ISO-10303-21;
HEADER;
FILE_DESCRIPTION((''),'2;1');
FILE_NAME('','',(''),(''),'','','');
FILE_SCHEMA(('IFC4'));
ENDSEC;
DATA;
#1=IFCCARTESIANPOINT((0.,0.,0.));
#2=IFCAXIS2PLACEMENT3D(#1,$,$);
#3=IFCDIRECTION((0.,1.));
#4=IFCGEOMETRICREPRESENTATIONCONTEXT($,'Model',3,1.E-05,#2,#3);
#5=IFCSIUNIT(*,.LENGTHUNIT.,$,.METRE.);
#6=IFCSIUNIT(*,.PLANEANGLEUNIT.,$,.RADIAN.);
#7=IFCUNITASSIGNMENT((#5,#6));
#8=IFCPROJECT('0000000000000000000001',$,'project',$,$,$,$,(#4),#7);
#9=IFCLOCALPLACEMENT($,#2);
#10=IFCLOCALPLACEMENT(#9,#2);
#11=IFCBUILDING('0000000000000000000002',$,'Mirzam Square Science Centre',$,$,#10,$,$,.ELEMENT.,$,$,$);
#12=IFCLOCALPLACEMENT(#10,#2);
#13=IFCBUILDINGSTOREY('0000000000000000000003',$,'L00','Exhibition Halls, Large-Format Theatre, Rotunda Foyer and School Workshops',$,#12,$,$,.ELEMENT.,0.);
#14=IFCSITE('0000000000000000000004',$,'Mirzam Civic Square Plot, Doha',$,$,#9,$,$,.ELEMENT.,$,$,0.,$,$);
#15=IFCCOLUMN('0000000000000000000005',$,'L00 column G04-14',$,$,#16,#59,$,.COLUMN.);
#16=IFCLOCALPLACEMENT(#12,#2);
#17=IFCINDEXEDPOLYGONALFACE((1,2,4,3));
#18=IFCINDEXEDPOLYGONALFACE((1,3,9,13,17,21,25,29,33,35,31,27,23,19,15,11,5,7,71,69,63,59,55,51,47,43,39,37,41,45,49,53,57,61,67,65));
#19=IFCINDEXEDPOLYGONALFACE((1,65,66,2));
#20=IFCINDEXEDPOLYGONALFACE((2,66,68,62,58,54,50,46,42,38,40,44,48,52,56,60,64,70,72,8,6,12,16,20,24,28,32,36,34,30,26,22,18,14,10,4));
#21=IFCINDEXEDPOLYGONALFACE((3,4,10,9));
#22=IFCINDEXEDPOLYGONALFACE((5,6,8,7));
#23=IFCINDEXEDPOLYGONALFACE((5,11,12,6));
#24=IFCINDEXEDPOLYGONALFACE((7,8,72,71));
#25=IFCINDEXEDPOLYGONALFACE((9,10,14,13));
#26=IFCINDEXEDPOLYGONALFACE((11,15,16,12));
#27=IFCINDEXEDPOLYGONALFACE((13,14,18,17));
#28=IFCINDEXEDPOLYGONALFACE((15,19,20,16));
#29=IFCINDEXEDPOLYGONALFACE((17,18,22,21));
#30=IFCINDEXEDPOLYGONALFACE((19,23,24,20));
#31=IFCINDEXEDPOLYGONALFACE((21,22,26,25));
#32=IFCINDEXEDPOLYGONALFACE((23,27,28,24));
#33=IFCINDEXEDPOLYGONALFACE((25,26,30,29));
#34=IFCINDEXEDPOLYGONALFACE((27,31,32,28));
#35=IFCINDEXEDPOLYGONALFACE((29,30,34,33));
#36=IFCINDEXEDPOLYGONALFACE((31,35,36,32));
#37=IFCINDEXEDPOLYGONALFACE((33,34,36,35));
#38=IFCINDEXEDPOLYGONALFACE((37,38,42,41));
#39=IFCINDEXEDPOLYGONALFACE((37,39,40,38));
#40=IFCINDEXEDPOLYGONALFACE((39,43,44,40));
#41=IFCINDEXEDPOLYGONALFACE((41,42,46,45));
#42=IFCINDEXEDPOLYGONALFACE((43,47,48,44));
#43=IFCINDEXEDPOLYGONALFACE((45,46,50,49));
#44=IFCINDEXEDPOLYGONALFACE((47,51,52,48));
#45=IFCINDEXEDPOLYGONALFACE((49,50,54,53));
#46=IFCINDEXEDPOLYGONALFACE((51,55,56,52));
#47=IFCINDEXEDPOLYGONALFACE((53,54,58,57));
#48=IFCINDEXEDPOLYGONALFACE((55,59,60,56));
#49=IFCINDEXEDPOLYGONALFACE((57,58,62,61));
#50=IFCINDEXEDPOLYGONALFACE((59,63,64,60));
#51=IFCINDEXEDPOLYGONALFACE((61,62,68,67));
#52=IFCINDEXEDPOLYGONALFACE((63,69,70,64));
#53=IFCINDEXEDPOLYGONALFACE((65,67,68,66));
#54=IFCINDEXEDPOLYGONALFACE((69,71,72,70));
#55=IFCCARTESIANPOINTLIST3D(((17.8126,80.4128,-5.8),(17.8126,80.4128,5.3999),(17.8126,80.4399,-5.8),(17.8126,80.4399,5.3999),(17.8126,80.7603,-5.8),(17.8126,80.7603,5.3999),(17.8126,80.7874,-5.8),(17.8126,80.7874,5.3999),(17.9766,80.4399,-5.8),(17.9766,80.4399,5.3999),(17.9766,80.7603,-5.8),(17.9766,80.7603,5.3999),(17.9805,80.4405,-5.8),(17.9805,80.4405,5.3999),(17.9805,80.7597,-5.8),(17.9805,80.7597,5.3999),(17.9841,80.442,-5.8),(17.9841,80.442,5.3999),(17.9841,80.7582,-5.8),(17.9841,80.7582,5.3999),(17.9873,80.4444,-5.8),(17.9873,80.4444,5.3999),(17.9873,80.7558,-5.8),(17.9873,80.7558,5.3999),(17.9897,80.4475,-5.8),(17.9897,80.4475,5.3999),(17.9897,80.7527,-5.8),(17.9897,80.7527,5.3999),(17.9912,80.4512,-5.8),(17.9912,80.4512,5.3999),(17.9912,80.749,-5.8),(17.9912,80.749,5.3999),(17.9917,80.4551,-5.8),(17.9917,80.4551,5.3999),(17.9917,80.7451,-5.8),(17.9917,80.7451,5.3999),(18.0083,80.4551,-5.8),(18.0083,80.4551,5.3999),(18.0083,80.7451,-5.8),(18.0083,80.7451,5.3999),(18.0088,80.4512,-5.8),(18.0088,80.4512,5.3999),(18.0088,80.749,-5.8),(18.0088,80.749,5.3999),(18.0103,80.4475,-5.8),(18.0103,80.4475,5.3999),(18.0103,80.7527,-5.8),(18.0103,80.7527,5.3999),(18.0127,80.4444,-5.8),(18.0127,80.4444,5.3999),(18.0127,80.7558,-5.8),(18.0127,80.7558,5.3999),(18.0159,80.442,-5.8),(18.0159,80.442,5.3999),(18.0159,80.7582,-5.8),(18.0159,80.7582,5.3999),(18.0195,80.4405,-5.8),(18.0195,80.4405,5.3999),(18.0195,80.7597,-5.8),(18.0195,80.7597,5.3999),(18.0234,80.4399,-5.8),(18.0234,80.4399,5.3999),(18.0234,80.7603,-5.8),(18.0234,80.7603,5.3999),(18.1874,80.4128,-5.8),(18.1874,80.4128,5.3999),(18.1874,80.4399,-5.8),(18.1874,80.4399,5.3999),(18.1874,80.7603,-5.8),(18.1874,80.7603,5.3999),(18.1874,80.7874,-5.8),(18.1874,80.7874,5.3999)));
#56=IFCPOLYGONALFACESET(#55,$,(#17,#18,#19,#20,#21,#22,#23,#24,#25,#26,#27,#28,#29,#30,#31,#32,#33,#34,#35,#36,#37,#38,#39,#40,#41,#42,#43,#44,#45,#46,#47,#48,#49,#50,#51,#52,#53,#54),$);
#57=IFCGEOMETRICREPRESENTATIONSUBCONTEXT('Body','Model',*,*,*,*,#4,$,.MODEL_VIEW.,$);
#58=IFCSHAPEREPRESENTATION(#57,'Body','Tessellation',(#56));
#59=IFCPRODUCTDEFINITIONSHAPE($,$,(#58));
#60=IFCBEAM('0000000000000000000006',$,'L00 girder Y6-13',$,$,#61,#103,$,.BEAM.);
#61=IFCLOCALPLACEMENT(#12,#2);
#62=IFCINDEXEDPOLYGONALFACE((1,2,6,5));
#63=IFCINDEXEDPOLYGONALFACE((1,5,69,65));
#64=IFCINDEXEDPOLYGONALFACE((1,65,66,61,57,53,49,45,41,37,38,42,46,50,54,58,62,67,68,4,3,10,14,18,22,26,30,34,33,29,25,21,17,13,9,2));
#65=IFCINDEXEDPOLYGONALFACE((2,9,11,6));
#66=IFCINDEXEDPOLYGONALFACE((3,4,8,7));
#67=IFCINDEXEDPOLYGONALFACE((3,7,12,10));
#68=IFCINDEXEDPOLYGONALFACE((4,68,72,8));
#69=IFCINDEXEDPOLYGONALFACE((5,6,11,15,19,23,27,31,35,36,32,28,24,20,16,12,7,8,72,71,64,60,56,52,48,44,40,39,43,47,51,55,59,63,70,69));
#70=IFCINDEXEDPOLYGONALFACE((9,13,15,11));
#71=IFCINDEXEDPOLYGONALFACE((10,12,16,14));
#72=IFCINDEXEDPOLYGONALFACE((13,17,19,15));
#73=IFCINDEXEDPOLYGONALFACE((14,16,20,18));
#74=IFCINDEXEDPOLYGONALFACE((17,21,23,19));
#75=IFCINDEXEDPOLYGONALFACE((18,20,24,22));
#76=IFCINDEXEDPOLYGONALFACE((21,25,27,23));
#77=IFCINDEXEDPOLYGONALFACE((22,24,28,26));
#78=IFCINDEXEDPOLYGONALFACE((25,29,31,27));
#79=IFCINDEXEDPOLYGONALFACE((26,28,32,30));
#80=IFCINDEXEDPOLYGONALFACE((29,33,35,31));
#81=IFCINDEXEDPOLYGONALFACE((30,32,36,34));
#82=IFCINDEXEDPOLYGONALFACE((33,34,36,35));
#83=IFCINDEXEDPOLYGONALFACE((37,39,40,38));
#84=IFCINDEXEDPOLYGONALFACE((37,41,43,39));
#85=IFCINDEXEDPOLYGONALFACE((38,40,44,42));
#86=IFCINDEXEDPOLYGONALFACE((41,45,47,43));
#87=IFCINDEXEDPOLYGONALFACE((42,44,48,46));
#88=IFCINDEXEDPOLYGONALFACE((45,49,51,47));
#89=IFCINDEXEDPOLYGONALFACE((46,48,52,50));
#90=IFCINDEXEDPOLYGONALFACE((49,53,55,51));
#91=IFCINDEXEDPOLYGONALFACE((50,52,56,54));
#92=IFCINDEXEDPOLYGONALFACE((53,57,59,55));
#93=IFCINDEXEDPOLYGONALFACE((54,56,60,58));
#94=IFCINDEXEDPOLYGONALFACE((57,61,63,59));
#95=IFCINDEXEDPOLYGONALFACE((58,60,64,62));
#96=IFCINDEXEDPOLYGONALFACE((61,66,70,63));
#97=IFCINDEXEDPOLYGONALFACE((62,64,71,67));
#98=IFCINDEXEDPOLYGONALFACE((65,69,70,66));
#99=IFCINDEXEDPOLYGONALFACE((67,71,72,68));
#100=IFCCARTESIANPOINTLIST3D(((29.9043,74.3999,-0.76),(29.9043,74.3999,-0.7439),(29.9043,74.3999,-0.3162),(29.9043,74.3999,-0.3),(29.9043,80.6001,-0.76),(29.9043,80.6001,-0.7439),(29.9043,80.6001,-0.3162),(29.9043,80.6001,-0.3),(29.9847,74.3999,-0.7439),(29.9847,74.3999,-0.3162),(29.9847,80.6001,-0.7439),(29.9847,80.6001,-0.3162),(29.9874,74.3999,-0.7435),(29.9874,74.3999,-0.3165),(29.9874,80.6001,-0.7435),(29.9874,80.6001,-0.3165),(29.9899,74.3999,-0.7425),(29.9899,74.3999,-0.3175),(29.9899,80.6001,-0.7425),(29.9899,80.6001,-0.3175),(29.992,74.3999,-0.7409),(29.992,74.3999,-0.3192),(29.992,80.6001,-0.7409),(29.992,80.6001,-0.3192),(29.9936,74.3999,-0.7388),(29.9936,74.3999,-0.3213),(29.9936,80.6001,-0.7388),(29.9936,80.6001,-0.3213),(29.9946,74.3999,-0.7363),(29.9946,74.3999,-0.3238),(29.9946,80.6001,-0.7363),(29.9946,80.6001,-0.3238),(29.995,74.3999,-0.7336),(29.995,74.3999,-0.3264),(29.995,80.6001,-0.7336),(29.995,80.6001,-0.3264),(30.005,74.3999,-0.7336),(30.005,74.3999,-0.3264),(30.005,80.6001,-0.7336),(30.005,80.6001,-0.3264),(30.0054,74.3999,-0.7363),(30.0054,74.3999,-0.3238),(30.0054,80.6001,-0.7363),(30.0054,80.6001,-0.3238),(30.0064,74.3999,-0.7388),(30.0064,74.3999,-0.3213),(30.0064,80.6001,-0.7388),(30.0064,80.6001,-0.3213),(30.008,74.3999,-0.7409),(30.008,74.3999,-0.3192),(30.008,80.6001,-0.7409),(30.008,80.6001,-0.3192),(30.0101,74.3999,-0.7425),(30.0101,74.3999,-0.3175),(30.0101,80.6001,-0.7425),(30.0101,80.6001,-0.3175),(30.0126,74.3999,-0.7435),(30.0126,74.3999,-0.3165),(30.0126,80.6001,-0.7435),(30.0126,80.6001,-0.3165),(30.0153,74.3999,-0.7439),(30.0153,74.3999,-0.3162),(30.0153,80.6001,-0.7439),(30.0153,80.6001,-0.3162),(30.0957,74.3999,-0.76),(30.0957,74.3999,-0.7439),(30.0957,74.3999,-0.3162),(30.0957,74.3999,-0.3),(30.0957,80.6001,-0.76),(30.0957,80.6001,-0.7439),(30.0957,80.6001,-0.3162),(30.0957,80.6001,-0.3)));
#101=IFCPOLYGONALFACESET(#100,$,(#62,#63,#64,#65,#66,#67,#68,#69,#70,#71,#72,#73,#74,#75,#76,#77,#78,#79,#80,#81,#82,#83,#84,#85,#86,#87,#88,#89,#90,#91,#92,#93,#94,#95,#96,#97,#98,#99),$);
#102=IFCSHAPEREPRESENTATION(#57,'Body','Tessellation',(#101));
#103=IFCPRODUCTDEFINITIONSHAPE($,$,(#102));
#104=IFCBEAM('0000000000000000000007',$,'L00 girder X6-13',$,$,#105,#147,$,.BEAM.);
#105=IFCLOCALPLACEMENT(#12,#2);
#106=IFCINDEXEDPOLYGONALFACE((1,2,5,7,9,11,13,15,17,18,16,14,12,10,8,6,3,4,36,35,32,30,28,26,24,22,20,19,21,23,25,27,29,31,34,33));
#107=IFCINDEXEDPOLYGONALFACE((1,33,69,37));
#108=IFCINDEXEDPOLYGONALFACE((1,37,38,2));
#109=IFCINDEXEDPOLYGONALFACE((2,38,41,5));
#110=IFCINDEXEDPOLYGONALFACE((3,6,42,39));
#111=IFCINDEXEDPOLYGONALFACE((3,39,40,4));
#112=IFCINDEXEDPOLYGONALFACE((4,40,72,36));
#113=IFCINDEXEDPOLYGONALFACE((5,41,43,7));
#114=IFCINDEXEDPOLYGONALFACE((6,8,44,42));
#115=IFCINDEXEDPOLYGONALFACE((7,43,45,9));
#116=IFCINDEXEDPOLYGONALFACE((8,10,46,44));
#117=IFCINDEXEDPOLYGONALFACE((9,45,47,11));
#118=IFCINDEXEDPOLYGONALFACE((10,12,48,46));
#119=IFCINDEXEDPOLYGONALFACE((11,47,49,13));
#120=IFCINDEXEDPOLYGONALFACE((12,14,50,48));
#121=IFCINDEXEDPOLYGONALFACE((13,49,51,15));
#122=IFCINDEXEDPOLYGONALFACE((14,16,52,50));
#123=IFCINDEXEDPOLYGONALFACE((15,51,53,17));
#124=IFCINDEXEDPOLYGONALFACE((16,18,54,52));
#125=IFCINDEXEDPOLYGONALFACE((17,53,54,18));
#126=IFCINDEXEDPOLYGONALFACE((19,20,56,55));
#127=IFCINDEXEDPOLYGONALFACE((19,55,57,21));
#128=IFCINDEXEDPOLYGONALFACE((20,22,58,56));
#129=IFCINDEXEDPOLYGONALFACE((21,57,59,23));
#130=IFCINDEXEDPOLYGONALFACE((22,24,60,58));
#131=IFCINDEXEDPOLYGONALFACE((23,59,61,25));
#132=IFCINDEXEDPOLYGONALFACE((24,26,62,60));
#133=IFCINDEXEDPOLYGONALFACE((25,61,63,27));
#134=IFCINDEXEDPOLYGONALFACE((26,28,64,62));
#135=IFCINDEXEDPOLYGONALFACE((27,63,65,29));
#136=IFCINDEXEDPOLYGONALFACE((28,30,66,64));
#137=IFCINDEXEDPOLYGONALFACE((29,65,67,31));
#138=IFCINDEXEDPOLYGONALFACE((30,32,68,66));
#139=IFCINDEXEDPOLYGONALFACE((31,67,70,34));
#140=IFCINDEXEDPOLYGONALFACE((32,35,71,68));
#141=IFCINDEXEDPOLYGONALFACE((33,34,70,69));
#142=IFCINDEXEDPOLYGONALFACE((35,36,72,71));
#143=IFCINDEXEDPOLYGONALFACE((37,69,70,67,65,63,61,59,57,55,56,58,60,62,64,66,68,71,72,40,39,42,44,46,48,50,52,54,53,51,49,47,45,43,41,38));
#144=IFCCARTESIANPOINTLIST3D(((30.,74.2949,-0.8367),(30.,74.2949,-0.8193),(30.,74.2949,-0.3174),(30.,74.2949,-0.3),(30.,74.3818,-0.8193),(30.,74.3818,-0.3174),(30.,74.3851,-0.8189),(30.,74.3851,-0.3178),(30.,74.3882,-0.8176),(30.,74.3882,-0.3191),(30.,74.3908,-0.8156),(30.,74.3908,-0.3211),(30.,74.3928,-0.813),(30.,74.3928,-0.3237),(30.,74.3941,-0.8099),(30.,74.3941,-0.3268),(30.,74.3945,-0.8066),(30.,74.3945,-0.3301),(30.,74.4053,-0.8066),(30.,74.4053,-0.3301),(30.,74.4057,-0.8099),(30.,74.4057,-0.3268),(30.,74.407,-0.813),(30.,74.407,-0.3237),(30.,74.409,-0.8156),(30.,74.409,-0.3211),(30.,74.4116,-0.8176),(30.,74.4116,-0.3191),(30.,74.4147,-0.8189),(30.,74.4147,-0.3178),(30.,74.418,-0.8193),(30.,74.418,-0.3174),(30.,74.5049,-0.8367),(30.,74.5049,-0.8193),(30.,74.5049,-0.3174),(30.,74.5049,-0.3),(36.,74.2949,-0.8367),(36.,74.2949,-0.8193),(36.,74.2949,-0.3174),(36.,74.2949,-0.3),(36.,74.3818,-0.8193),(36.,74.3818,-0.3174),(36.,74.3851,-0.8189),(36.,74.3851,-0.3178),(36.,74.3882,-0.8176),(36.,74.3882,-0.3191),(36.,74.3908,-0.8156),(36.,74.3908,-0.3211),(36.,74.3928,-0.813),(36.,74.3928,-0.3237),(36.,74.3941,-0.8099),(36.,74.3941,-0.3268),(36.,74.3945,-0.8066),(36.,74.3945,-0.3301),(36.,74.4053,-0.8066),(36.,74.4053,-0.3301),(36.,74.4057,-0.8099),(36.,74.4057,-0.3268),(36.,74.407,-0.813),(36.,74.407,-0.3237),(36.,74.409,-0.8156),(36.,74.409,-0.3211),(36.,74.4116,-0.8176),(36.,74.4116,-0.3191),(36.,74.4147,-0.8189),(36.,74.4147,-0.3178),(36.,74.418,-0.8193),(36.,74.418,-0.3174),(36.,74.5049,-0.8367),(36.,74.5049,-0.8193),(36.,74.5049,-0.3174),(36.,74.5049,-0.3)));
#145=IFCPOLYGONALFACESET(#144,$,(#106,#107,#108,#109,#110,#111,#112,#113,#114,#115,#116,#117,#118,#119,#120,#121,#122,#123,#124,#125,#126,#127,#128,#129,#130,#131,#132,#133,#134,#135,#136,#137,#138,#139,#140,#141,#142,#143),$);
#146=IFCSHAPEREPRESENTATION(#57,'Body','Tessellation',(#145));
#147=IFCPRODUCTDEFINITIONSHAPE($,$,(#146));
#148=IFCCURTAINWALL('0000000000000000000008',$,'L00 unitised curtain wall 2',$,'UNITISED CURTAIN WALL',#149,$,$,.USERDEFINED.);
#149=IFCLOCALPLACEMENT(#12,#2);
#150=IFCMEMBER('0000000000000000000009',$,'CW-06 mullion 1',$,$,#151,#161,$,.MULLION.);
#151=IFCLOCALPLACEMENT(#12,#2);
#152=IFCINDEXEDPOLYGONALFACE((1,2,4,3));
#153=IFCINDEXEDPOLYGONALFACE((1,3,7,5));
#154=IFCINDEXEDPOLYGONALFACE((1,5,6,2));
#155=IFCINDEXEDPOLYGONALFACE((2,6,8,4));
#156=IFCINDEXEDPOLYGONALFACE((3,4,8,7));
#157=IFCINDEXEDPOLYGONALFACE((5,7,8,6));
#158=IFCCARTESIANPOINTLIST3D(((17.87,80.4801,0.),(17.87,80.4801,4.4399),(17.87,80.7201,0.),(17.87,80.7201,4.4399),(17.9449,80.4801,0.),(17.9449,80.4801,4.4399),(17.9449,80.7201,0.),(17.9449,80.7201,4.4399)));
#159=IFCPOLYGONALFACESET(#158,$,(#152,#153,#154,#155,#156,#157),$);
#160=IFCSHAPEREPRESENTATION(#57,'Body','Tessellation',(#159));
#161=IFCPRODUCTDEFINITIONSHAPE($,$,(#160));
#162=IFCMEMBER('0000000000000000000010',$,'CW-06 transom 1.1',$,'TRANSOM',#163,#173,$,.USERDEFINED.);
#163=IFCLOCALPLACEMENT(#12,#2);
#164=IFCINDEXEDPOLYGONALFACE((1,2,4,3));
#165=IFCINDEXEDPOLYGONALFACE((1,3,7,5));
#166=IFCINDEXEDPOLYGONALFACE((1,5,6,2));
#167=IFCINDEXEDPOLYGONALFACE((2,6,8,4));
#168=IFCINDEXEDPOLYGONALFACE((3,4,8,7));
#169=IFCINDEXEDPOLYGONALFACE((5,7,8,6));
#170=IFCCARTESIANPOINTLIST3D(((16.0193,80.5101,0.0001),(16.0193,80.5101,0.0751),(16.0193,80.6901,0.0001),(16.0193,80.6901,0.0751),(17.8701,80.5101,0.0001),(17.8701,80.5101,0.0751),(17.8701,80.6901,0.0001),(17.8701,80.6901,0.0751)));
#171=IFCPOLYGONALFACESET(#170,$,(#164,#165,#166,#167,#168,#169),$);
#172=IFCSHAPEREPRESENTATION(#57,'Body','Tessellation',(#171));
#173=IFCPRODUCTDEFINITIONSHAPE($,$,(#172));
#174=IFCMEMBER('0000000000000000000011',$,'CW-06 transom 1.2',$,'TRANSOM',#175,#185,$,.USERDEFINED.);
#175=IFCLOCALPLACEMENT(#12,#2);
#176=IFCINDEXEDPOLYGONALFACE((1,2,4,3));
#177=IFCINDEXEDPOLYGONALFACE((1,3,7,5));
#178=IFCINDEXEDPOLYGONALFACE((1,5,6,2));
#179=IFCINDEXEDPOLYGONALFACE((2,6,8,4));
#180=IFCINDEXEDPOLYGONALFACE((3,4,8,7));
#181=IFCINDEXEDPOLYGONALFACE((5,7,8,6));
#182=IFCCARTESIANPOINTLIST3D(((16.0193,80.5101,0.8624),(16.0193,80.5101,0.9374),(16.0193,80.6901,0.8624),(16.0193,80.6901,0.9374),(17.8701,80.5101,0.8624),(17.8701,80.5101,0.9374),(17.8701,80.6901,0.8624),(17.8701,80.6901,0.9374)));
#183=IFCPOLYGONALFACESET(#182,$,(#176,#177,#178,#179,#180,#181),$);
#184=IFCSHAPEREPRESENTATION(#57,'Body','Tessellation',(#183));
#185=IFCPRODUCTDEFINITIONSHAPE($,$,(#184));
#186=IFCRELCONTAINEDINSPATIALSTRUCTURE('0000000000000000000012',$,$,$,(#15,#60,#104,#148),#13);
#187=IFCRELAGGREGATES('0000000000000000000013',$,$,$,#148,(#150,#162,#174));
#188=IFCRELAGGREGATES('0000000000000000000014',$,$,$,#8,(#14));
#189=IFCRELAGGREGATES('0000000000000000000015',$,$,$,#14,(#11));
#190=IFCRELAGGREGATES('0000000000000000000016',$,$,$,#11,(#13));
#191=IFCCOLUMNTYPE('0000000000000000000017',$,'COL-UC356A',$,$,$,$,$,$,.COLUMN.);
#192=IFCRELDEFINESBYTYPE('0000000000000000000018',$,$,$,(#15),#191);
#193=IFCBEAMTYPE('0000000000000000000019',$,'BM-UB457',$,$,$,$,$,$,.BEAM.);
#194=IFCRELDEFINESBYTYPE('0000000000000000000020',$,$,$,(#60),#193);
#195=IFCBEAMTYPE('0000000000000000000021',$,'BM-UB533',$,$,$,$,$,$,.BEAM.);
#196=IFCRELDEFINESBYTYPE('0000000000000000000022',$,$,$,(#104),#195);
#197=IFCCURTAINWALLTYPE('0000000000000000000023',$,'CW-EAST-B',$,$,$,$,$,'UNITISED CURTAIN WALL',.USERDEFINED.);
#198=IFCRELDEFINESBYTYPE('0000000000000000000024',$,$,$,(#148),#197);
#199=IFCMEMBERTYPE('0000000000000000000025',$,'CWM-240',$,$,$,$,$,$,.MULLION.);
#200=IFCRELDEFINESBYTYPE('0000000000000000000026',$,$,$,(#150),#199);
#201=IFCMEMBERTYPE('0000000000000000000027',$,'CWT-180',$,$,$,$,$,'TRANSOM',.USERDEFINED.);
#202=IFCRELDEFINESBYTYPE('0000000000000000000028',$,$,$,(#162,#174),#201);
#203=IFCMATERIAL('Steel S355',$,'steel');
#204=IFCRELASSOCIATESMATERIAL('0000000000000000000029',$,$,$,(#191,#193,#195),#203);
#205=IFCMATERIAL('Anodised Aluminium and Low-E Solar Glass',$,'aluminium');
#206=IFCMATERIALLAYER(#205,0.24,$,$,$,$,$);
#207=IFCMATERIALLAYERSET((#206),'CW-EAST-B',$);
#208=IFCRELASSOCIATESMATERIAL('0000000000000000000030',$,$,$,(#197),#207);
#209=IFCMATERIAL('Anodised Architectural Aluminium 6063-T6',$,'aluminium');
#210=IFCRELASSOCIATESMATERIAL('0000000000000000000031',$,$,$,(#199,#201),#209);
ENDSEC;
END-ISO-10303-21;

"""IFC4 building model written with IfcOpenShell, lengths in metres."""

from ifc_helpers import new_model, si_unit, direction, frame, origin, origin_2d, place, context, subcontext, project, spatial, rectangle, i_section, extrude, material, layer, layer_set, material_profile, profile_set, type_object, element, aggregate, save


model = new_model("IFC4")

# Units and contexts
model_context = context("Model", 3, precision=1e-05, world=origin(), true_north=direction((0.0, 1.0)))
body_context = subcontext(model_context, "Body", "Model", "MODEL_VIEW")
ifc_project = project(units=[si_unit("LENGTHUNIT", "METRE"), si_unit("PLANEANGLEUNIT", "RADIAN")], contexts=[model_context])

# Site, building, storey
site_placement = place(None, origin())
site = spatial("IfcSite", under=ifc_project, at=site_placement, Name="Mirzam Civic Square Plot, Doha", CompositionType="ELEMENT", RefElevation=0.0)
building_placement = place(site_placement, origin())
building = spatial("IfcBuilding", under=site, at=building_placement, Name="Mirzam Square Science Centre", CompositionType="ELEMENT")
storey_placement = place(building_placement, origin())
storey = spatial("IfcBuildingStorey", under=building, at=storey_placement, Name="L00", Description="Exhibition Halls, Large-Format Theatre, Rotunda Foyer and School Workshops", CompositionType="ELEMENT", Elevation=0.0)

# Column
ifc_material_1 = material(Name="Steel S355", Category="steel")
ifc_material_profile_1 = material_profile(ifc_material_1, i_section(OverallWidth=0.3748, OverallDepth=0.3745, WebThickness=0.0166, FlangeThickness=0.0271, FilletRadius=0.0151, at=origin_2d()), Name="356x368x202UC")
ifc_profile_set_1 = profile_set([ifc_material_profile_1], Name="Steel S355")
column_type_1 = type_object("IfcColumnType", Name="COL-UC356A", PredefinedType="COLUMN", material=ifc_profile_set_1)
column_1_placement = place(storey_placement, frame((18.0, 80.6001, -5.8), z_axis=(0.0, 0.0, 1.0), x_axis=(1.0, 0.0, 0.0)))
element("IfcColumn", 1, at=column_1_placement, inside=storey, type_object=column_type_1, Name="L00 column G04-14", PredefinedType="COLUMN", context=body_context, shape_type="SweptSolid", body=[
    extrude(i_section(OverallWidth=0.3748, OverallDepth=0.3745, WebThickness=0.0166, FlangeThickness=0.0271, FilletRadius=0.0151, at=origin_2d()), origin(), (0.0, 0.0, 1.0), 11.2),
])

# Beams
ifc_material_profile_2 = material_profile(ifc_material_1, i_section(OverallWidth=0.1914, OverallDepth=0.46, WebThickness=0.01, FlangeThickness=0.0161, FilletRadius=0.0103, at=origin_2d()), Name="457x191x82UB")
ifc_profile_set_2 = profile_set([ifc_material_profile_2], Name="Steel S355")
beam_type_1 = type_object("IfcBeamType", Name="BM-UB457", PredefinedType="BEAM", material=ifc_profile_set_2)
beam_1_placement = place(storey_placement, frame((30.0, 74.3999, -0.53), z_axis=(0.0, 1.0, 0.0), x_axis=(-1.0, 0.0, 0.0)))
element("IfcBeam", 2, at=beam_1_placement, inside=storey, type_object=beam_type_1, Name="L00 girder Y6-13", PredefinedType="BEAM", context=body_context, shape_type="SweptSolid", body=[
    extrude(i_section(OverallWidth=0.1914, OverallDepth=0.46, WebThickness=0.01, FlangeThickness=0.0161, FilletRadius=0.0103, at=origin_2d()), origin(), (0.0, 0.0, 1.0), 6.2002),
])
ifc_material_profile_3 = material_profile(ifc_material_1, i_section(OverallWidth=0.21, OverallDepth=0.5366, WebThickness=0.0107, FlangeThickness=0.0173, FilletRadius=0.0127, at=origin_2d()), Name="533x210x101UB")
ifc_profile_set_3 = profile_set([ifc_material_profile_3], Name="Steel S355")
beam_type_2 = type_object("IfcBeamType", Name="BM-UB533", PredefinedType="BEAM", material=ifc_profile_set_3)
beam_2_placement = place(storey_placement, frame((30.0, 74.3999, -0.5684), z_axis=(1.0, 0.0, 0.0), x_axis=(0.0, 1.0, 0.0)))
element("IfcBeam", 3, at=beam_2_placement, inside=storey, type_object=beam_type_2, Name="L00 girder X6-13", PredefinedType="BEAM", context=body_context, shape_type="SweptSolid", body=[
    extrude(i_section(OverallWidth=0.21, OverallDepth=0.5366, WebThickness=0.0107, FlangeThickness=0.0173, FilletRadius=0.0127, at=origin_2d()), origin(), (0.0, 0.0, 1.0), 6.0),
])

# Curtain wall, members
ifc_material_2 = material(Name="Anodised Aluminium and Low-E Solar Glass", Category="aluminium")
ifc_layer_1 = layer(ifc_material_2, 0.24)
ifc_layer_set_1 = layer_set([ifc_layer_1], Name="CW-EAST-B")
curtain_wall_type = type_object("IfcCurtainWallType", Name="CW-EAST-B", ElementType="UNITISED CURTAIN WALL", PredefinedType="USERDEFINED", material=ifc_layer_set_1)
curtain_wall_placement = place(storey_placement, origin())
curtain_wall = element("IfcCurtainWall", 4, at=curtain_wall_placement, inside=storey, type_object=curtain_wall_type, Name="L00 unitised curtain wall 2", ObjectType="UNITISED CURTAIN WALL", PredefinedType="USERDEFINED")
ifc_material_3 = material(Name="Anodised Architectural Aluminium 6063-T6", Category="aluminium")
ifc_material_profile_4 = material_profile(ifc_material_3, rectangle(XDim=0.075, YDim=0.24, at=origin_2d()), Name="ALU-MULL-240x75x5")
ifc_profile_set_4 = profile_set([ifc_material_profile_4], Name="Anodised Architectural Aluminium 6063-T6")
member_type_1 = type_object("IfcMemberType", Name="CWM-240", PredefinedType="MULLION", material=ifc_profile_set_4)
member_1_placement = place(storey_placement, frame((17.9075, 80.6001, 0.0), z_axis=(0.0, 0.0, 1.0), x_axis=(-1.0, 0.0, 0.0)))
member_1 = element("IfcMember", 5, at=member_1_placement, type_object=member_type_1, Name="CW-06 mullion 1", PredefinedType="MULLION", context=body_context, shape_type="SweptSolid", body=[
    extrude(rectangle(XDim=0.075, YDim=0.24, at=origin_2d()), origin(), (0.0, 0.0, 1.0), 4.4399),
])
ifc_material_profile_5 = material_profile(ifc_material_3, rectangle(XDim=0.1799, YDim=0.075, at=origin_2d()), Name="ALU-TRAN-180x75x5")
ifc_profile_set_5 = profile_set([ifc_material_profile_5], Name="Anodised Architectural Aluminium 6063-T6")
member_type_2 = type_object("IfcMemberType", Name="CWT-180", ElementType="TRANSOM", PredefinedType="USERDEFINED", material=ifc_profile_set_5)
member_2_placement = place(storey_placement, frame((17.8701, 80.6001, 0.0376), z_axis=(-1.0, 0.0, 0.0), x_axis=(0.0, -1.0, 0.0)))
member_2 = element("IfcMember", 6, at=member_2_placement, type_object=member_type_2, Name="CW-06 transom 1.1", ObjectType="TRANSOM", PredefinedType="USERDEFINED", context=body_context, shape_type="SweptSolid", body=[
    extrude(rectangle(XDim=0.1799, YDim=0.075, at=origin_2d()), origin(), (0.0, 0.0, 1.0), 1.8508),
])
member_3_placement = place(storey_placement, frame((17.8701, 80.6001, 0.8999), z_axis=(-1.0, 0.0, 0.0), x_axis=(0.0, -1.0, 0.0)))
member_3 = element("IfcMember", 7, at=member_3_placement, type_object=member_type_2, Name="CW-06 transom 1.2", ObjectType="TRANSOM", PredefinedType="USERDEFINED", context=body_context, shape_type="SweptSolid", body=[
    extrude(rectangle(XDim=0.1799, YDim=0.075, at=origin_2d()), origin(), (0.0, 0.0, 1.0), 1.8508),
])
aggregate(curtain_wall, [member_1, member_2, member_3])

save(model, "model.ifc")
